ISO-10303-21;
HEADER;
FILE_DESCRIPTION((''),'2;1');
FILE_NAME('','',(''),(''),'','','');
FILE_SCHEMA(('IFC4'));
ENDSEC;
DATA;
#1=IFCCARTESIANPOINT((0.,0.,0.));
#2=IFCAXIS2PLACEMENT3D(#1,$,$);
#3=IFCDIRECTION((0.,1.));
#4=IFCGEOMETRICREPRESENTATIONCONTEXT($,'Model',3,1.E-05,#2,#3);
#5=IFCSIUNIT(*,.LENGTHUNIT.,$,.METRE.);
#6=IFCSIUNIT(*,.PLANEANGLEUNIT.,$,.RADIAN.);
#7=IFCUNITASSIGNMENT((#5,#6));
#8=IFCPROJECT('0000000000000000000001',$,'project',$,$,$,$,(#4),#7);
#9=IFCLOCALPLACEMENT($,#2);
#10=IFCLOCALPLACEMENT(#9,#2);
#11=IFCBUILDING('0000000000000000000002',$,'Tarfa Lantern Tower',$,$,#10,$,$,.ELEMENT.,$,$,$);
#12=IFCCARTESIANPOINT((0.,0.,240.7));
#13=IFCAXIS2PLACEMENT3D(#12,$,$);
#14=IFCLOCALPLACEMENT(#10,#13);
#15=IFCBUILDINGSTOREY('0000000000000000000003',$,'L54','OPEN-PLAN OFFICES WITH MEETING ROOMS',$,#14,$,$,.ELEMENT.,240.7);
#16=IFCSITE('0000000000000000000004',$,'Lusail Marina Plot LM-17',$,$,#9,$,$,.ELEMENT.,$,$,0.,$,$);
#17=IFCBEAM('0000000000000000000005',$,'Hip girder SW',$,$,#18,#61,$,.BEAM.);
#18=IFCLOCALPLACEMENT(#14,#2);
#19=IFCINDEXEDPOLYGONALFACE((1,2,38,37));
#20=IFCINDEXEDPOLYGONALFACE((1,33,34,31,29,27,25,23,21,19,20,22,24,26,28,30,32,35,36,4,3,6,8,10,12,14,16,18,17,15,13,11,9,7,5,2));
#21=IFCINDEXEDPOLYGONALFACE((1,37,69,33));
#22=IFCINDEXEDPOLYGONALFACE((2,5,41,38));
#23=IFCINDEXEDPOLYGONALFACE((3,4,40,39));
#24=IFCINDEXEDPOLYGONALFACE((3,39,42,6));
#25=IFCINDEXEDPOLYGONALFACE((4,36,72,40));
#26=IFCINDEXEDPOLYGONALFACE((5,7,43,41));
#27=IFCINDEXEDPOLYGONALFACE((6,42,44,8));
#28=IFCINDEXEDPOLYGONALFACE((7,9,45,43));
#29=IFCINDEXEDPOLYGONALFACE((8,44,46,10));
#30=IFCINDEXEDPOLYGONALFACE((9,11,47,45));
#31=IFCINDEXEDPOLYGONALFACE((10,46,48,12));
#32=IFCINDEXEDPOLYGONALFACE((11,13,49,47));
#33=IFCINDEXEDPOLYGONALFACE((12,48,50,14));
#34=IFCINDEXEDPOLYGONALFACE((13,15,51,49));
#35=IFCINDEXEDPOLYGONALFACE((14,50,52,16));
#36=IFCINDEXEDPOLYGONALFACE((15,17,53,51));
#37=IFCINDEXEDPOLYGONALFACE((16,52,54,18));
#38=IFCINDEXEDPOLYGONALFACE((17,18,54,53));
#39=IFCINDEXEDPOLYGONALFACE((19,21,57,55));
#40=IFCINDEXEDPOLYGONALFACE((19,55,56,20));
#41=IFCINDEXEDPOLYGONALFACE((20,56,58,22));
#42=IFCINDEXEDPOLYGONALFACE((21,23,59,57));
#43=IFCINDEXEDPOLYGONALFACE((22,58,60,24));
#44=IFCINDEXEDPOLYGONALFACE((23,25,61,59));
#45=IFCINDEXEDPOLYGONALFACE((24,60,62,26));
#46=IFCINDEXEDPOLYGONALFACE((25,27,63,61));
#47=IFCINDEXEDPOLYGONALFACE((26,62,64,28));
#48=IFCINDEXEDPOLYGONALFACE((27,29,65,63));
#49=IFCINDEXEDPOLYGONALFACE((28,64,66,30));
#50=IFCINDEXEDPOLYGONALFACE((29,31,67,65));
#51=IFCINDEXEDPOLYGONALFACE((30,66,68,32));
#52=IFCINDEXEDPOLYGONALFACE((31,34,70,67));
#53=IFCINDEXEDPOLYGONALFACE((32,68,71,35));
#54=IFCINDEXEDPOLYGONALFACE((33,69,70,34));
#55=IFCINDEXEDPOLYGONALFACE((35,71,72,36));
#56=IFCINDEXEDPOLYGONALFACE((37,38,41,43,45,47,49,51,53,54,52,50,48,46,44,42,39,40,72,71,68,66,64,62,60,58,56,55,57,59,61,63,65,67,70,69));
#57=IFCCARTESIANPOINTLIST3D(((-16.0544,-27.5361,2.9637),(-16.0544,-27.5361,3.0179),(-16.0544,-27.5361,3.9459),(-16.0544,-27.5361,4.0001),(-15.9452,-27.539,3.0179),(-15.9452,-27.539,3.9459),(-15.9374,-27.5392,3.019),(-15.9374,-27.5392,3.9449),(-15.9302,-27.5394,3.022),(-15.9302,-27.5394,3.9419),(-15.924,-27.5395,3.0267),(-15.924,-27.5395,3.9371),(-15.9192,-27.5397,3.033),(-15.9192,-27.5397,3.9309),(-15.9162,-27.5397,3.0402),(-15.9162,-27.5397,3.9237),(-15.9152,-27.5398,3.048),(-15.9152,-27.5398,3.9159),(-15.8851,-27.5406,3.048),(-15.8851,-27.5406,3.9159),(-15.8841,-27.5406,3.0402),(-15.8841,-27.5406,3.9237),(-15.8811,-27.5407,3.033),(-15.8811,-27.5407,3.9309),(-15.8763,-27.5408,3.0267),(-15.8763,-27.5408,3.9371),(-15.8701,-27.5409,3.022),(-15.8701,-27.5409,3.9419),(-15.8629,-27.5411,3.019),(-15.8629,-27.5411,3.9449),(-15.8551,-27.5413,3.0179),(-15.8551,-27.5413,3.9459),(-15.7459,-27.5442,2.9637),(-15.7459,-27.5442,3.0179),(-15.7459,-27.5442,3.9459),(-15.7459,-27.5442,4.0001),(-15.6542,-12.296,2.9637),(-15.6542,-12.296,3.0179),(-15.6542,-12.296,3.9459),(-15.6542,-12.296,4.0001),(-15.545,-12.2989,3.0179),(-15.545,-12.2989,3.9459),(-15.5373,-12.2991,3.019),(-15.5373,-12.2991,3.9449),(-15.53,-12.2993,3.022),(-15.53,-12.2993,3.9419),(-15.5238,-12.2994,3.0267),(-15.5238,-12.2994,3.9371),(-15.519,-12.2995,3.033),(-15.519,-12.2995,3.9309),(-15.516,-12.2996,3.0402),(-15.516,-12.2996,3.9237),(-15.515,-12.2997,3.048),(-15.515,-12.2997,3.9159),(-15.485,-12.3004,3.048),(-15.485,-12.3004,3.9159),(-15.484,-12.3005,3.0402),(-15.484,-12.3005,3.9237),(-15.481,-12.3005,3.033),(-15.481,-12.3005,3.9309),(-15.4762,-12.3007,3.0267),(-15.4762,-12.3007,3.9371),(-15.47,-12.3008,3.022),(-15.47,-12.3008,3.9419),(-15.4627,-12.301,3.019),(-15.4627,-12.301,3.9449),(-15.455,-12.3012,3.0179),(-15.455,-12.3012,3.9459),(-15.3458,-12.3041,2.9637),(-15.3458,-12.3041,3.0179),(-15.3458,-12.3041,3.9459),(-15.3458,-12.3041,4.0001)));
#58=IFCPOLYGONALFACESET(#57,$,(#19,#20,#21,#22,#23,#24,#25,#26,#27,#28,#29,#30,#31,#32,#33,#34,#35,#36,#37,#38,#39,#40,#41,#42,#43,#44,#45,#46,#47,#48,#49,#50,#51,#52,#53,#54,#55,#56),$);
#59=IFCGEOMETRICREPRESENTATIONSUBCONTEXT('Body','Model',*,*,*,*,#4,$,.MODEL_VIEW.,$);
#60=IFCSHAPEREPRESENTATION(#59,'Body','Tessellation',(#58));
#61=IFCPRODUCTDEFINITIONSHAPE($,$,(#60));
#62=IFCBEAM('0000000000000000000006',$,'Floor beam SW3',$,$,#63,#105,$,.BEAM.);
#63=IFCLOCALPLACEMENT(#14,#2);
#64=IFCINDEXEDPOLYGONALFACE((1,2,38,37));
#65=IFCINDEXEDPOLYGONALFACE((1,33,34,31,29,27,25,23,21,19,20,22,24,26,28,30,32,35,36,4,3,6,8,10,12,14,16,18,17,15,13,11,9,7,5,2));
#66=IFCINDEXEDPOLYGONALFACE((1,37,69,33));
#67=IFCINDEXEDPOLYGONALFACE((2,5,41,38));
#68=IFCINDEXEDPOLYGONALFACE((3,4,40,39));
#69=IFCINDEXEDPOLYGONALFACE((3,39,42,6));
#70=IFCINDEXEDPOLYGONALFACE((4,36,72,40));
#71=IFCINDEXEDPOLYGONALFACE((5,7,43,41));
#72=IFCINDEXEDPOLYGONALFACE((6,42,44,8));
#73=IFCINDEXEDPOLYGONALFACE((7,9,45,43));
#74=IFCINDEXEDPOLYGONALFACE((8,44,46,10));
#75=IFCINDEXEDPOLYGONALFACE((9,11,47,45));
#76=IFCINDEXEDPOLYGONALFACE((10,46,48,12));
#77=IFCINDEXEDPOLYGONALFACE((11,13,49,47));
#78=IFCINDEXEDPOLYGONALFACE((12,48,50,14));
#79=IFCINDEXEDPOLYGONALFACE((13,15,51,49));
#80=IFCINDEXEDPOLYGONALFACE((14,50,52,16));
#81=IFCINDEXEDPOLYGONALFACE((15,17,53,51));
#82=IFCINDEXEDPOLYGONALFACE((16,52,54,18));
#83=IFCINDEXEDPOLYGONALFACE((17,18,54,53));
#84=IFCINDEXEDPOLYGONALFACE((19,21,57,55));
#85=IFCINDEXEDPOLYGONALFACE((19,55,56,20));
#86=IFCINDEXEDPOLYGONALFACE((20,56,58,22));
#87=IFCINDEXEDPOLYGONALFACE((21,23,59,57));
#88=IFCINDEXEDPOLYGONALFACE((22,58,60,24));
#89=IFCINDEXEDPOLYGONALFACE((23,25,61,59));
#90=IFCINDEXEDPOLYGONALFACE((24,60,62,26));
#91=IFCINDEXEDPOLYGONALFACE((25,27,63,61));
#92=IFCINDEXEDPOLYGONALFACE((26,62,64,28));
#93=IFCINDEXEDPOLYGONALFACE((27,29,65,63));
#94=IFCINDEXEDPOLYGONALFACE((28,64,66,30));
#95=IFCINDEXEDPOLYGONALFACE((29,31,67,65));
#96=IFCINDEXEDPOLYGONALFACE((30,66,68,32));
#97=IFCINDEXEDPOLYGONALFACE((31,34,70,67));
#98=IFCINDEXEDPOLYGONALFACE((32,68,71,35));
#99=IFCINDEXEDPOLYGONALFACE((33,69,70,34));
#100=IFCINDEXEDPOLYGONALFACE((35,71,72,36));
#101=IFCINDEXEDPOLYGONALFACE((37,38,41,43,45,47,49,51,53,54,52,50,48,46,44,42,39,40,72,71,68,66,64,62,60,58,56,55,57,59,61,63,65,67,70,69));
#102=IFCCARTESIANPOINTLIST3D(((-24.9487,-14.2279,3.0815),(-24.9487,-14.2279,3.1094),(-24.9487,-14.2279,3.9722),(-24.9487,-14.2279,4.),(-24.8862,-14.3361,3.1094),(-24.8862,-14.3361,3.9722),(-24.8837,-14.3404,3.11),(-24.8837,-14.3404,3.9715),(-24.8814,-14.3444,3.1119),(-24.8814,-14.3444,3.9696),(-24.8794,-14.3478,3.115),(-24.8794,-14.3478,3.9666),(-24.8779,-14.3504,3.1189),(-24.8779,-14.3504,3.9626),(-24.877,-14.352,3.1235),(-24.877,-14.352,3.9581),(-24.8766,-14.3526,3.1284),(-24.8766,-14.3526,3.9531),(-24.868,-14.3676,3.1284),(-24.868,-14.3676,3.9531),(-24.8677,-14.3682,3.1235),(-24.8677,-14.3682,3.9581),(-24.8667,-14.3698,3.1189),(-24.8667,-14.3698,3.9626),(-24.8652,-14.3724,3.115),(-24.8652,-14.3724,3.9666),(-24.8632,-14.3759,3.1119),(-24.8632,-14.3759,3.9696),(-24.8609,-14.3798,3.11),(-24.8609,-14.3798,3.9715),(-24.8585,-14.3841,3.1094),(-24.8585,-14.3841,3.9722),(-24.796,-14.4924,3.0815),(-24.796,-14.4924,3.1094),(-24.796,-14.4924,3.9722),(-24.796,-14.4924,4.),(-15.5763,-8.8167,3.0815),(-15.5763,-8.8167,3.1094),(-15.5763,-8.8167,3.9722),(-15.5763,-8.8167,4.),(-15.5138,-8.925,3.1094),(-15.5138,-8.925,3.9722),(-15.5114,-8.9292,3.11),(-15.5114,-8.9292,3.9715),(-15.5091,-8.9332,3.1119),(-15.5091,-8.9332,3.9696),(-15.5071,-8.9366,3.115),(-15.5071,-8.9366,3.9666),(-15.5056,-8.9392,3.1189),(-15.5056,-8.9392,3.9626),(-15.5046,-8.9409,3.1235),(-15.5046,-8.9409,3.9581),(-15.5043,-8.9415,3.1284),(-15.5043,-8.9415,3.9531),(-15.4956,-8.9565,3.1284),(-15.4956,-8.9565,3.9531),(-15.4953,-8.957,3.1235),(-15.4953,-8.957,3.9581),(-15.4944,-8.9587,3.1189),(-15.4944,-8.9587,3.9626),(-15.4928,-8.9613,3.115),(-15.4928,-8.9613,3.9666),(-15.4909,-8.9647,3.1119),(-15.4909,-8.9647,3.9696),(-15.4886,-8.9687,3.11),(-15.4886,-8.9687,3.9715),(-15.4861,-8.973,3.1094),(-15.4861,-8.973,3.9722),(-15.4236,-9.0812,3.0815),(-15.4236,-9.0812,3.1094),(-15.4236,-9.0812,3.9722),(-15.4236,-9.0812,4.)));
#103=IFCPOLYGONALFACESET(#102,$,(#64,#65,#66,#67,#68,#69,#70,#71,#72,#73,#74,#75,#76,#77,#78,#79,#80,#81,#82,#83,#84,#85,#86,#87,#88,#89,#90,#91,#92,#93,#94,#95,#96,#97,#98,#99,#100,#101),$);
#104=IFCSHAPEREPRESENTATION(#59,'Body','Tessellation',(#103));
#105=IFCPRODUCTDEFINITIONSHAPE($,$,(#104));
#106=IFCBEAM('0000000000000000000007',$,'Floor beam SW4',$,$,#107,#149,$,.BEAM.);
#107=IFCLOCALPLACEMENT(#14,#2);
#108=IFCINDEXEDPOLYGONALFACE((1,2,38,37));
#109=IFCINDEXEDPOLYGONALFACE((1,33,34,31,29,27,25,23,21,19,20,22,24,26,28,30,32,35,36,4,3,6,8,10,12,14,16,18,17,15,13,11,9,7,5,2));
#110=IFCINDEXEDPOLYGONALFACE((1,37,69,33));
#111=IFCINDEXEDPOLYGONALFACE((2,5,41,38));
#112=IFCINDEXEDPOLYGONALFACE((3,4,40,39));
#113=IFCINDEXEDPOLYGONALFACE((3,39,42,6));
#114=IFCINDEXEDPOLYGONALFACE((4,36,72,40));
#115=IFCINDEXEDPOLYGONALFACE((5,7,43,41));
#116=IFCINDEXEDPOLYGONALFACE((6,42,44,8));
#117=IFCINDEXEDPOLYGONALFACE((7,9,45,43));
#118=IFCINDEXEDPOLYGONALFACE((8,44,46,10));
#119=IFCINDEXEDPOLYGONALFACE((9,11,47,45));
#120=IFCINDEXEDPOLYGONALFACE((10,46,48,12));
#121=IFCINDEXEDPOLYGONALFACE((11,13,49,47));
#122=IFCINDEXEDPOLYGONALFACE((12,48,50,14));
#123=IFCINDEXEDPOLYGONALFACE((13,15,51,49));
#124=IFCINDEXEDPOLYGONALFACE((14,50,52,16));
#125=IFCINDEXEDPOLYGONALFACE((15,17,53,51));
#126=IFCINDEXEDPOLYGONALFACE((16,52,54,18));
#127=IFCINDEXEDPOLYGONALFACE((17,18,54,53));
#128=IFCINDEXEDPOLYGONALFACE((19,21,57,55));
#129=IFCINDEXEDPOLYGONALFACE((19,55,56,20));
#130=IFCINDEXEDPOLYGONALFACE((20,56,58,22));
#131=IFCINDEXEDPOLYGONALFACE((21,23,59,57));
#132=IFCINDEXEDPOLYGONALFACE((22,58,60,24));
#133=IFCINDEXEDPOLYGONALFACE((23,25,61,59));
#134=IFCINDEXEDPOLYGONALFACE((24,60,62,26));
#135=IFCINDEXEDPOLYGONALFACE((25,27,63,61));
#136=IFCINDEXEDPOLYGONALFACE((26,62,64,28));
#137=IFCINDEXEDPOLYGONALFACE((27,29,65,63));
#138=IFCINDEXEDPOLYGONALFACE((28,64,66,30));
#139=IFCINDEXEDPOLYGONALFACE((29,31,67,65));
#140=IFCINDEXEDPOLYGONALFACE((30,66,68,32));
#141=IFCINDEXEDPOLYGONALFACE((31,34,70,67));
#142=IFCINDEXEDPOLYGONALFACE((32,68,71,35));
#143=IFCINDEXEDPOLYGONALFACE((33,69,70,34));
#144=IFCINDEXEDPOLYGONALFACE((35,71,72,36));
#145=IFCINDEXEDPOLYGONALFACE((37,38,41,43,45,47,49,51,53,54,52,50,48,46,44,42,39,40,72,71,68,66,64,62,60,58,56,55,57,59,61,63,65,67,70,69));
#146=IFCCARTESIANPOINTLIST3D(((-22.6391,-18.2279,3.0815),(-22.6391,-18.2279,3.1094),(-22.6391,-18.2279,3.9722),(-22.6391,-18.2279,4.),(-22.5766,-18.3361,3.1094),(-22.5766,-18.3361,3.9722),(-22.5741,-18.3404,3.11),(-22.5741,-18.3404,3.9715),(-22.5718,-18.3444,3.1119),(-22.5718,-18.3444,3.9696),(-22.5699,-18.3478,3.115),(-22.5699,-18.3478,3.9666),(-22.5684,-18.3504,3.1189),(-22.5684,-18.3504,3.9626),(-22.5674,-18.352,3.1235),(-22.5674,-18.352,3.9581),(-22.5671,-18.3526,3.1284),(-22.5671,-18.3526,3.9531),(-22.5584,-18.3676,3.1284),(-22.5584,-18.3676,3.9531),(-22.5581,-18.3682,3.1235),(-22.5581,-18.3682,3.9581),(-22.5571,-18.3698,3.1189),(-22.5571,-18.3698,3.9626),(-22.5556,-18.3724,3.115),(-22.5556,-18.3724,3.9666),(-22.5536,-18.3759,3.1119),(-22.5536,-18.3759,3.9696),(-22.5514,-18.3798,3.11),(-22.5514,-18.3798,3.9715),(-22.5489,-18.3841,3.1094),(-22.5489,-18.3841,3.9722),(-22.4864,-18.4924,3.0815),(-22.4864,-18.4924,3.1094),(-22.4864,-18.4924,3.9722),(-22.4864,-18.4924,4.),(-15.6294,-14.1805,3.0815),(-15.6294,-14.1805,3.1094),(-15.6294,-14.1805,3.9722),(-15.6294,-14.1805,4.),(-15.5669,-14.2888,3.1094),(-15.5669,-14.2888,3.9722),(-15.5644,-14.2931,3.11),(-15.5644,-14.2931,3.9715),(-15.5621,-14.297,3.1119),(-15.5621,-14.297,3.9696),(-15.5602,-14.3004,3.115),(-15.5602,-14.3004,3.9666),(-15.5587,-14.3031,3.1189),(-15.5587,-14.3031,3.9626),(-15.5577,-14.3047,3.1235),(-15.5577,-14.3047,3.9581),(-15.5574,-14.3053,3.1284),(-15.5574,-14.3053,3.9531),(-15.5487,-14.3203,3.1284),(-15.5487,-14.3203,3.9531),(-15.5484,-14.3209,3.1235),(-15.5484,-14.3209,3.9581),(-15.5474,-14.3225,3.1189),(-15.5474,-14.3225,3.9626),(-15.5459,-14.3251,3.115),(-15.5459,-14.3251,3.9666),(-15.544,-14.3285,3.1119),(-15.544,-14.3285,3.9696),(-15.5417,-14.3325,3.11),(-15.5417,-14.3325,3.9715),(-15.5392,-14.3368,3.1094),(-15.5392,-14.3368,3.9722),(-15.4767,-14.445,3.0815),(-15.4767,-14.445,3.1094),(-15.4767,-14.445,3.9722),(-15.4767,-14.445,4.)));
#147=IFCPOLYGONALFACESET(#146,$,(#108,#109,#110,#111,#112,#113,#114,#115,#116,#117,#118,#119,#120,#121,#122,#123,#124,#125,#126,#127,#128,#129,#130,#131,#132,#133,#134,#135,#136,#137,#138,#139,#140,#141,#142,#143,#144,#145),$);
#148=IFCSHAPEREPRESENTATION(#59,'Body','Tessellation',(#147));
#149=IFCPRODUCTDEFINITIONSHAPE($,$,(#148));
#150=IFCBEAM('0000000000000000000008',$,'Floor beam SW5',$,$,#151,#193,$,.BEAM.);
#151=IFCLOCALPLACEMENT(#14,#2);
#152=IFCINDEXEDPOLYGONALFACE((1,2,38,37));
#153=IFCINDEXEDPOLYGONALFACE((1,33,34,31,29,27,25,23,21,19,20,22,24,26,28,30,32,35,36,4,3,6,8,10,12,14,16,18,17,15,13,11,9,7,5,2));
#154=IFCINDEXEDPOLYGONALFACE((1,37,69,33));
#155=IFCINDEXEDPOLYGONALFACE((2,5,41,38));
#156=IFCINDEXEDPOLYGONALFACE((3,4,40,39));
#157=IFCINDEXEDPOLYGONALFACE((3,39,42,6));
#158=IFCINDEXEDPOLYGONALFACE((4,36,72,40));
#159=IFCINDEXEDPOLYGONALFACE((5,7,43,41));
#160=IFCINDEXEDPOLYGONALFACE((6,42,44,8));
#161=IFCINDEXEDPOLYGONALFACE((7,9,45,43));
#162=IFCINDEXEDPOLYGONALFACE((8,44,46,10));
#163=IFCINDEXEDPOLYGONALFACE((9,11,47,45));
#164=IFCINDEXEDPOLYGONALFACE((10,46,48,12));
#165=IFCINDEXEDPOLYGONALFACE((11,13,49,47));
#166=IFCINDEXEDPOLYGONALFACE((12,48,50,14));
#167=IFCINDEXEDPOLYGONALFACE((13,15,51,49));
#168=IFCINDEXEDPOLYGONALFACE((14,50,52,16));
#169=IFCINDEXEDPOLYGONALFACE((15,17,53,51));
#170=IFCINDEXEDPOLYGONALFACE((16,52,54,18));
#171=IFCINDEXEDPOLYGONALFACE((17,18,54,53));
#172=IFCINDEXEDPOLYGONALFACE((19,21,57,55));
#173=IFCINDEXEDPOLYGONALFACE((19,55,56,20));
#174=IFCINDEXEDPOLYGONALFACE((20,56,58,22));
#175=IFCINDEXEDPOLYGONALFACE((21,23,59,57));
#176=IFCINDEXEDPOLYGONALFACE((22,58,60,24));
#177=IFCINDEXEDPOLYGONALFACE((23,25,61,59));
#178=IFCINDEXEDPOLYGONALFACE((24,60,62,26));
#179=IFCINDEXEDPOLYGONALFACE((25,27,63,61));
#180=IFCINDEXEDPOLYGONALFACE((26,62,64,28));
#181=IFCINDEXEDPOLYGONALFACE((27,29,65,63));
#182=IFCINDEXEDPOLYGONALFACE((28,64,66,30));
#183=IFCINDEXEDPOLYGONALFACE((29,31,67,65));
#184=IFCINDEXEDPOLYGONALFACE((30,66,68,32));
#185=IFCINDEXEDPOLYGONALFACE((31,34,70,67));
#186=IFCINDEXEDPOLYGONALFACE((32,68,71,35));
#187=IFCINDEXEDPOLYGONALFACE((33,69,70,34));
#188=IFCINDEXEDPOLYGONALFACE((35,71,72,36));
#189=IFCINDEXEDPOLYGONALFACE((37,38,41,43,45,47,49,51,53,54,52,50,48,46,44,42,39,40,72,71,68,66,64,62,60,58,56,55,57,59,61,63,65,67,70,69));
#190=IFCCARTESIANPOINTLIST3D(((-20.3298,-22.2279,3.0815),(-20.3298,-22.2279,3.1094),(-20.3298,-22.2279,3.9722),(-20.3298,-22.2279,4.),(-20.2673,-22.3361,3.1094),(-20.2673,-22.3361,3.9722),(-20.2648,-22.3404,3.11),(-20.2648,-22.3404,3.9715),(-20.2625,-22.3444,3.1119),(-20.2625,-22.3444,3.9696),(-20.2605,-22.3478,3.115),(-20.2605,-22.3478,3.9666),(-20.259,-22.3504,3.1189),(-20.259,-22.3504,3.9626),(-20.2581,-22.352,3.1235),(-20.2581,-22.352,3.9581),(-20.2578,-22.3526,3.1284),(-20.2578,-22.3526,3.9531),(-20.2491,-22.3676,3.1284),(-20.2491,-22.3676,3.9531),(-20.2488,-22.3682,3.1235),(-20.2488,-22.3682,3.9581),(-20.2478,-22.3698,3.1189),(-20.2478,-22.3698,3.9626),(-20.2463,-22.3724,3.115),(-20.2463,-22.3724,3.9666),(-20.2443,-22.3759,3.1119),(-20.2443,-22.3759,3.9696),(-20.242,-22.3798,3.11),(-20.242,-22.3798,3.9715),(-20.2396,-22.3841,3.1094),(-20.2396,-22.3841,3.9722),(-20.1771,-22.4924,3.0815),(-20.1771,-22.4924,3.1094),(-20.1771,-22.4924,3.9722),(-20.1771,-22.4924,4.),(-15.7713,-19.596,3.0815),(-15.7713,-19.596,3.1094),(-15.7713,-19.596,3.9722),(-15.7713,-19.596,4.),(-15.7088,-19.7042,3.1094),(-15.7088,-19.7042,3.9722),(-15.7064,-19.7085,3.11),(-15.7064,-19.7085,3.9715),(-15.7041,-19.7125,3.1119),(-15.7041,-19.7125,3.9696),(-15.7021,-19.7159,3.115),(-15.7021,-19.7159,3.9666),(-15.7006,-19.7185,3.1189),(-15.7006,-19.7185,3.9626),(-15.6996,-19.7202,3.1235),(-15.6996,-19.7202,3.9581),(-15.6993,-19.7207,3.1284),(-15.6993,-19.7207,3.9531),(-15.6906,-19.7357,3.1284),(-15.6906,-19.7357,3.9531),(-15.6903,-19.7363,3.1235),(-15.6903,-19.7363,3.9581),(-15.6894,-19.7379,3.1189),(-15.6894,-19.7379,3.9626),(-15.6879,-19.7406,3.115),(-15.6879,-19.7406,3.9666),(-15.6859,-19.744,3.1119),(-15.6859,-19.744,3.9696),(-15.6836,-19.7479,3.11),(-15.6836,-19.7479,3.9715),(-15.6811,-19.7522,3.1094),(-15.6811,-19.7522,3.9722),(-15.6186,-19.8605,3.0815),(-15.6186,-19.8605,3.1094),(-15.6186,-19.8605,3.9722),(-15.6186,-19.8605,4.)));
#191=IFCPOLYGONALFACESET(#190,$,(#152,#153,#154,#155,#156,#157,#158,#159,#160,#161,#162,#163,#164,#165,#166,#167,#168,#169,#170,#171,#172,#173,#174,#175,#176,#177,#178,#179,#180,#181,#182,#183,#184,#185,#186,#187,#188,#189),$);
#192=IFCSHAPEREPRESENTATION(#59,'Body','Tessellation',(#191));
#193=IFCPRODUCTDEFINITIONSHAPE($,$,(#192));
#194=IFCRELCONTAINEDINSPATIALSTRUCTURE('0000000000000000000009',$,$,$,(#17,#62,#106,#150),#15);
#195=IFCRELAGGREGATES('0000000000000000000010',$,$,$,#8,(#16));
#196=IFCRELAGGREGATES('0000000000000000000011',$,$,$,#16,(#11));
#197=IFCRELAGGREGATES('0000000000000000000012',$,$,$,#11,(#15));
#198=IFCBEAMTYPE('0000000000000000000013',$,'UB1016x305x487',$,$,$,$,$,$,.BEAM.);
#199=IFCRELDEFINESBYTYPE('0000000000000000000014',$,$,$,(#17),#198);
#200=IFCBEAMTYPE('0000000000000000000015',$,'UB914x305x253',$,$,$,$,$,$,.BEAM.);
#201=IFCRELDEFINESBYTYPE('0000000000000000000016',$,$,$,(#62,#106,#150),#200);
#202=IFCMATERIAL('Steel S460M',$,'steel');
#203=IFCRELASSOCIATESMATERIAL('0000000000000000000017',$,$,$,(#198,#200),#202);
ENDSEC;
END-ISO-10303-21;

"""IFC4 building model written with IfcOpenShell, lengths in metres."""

from ifc_helpers import new_model, si_unit, direction, frame, origin, origin_2d, place, context, subcontext, project, spatial, i_section, extrude, material, material_profile, profile_set, type_object, element, save


model = new_model("IFC4")

# Units and contexts
model_context = context("Model", 3, precision=1e-05, world=origin(), true_north=direction((0.0, 1.0)))
body_context = subcontext(model_context, "Body", "Model", "MODEL_VIEW")
ifc_project = project(units=[si_unit("LENGTHUNIT", "METRE"), si_unit("PLANEANGLEUNIT", "RADIAN")], contexts=[model_context])

# Site, building, storey
site_placement = place(None, origin())
site = spatial("IfcSite", under=ifc_project, at=site_placement, Name="Lusail Marina Plot LM-17", CompositionType="ELEMENT", RefElevation=0.0)
building_placement = place(site_placement, origin())
building = spatial("IfcBuilding", under=site, at=building_placement, Name="Tarfa Lantern Tower", CompositionType="ELEMENT")
storey_placement = place(building_placement, frame((0.0, 0.0, 240.7)))
storey = spatial("IfcBuildingStorey", under=building, at=storey_placement, Name="L54", Description="OPEN-PLAN OFFICES WITH MEETING ROOMS", CompositionType="ELEMENT", Elevation=240.7)

# Beams
ifc_material_1 = material(Name="Steel S460M", Category="steel")
ifc_material_profile_1 = material_profile(ifc_material_1, i_section(OverallWidth=0.3086, OverallDepth=1.0364, WebThickness=0.03, FlangeThickness=0.0542, FilletRadius=0.03, at=origin_2d()), Name="UB1016x305x487")
ifc_profile_set_1 = profile_set([ifc_material_profile_1], Name="Steel S460M")
beam_type_1 = type_object("IfcBeamType", Name="UB1016x305x487", PredefinedType="BEAM", material=ifc_profile_set_1)
beam_1_placement = place(storey_placement, frame((-15.5, -12.3, 3.4819), z_axis=(-0.026247, -0.999655, 0.0), x_axis=(0.999655, -0.026247, 0.0)))
element("IfcBeam", 1, at=beam_1_placement, inside=storey, type_object=beam_type_1, Name="Hip girder SW", PredefinedType="BEAM", context=body_context, shape_type="SweptSolid", body=[
    extrude(i_section(OverallWidth=0.3086, OverallDepth=1.0364, WebThickness=0.03, FlangeThickness=0.0542, FilletRadius=0.03, at=origin_2d()), origin(), (0.0, 0.0, 1.0), 15.2454),
])
ifc_material_profile_2 = material_profile(ifc_material_1, i_section(OverallWidth=0.3054, OverallDepth=0.9185, WebThickness=0.0173, FlangeThickness=0.0278, FilletRadius=0.019, at=origin_2d()), Name="UB914x305x253")
ifc_profile_set_2 = profile_set([ifc_material_profile_2], Name="Steel S460M")
beam_type_2 = type_object("IfcBeamType", Name="UB914x305x253", PredefinedType="BEAM", material=ifc_profile_set_2)
beam_2_placement = place(storey_placement, frame((-24.8723, -14.3601, 3.5408), z_axis=(0.866024, 0.500002, 0.0), x_axis=(-0.500002, 0.866024, 0.0)))
element("IfcBeam", 2, at=beam_2_placement, inside=storey, type_object=beam_type_2, Name="Floor beam SW3", PredefinedType="BEAM", context=body_context, shape_type="SweptSolid", body=[
    extrude(i_section(OverallWidth=0.3054, OverallDepth=0.9185, WebThickness=0.0173, FlangeThickness=0.0278, FilletRadius=0.019, at=origin_2d()), origin(), (0.0, 0.0, 1.0), 10.8223),
])
beam_3_placement = place(storey_placement, frame((-22.5627, -18.3601, 3.5408), z_axis=(0.866011, 0.500025, 0.0), x_axis=(-0.500025, 0.866011, 0.0)))
element("IfcBeam", 3, at=beam_3_placement, inside=storey, type_object=beam_type_2, Name="Floor beam SW4", PredefinedType="BEAM", context=body_context, shape_type="SweptSolid", body=[
    extrude(i_section(OverallWidth=0.3054, OverallDepth=0.9185, WebThickness=0.0173, FlangeThickness=0.0278, FilletRadius=0.019, at=origin_2d()), origin(), (0.0, 0.0, 1.0), 8.0942),
])
beam_4_placement = place(storey_placement, frame((-20.2534, -22.3601, 3.5408), z_axis=(0.86602, 0.50001, 0.0), x_axis=(-0.50001, 0.86602, 0.0)))
element("IfcBeam", 4, at=beam_4_placement, inside=storey, type_object=beam_type_2, Name="Floor beam SW5", PredefinedType="BEAM", context=body_context, shape_type="SweptSolid", body=[
    extrude(i_section(OverallWidth=0.3054, OverallDepth=0.9185, WebThickness=0.0173, FlangeThickness=0.0278, FilletRadius=0.019, at=origin_2d()), origin(), (0.0, 0.0, 1.0), 5.2637),
])

save(model, "model.ifc")
